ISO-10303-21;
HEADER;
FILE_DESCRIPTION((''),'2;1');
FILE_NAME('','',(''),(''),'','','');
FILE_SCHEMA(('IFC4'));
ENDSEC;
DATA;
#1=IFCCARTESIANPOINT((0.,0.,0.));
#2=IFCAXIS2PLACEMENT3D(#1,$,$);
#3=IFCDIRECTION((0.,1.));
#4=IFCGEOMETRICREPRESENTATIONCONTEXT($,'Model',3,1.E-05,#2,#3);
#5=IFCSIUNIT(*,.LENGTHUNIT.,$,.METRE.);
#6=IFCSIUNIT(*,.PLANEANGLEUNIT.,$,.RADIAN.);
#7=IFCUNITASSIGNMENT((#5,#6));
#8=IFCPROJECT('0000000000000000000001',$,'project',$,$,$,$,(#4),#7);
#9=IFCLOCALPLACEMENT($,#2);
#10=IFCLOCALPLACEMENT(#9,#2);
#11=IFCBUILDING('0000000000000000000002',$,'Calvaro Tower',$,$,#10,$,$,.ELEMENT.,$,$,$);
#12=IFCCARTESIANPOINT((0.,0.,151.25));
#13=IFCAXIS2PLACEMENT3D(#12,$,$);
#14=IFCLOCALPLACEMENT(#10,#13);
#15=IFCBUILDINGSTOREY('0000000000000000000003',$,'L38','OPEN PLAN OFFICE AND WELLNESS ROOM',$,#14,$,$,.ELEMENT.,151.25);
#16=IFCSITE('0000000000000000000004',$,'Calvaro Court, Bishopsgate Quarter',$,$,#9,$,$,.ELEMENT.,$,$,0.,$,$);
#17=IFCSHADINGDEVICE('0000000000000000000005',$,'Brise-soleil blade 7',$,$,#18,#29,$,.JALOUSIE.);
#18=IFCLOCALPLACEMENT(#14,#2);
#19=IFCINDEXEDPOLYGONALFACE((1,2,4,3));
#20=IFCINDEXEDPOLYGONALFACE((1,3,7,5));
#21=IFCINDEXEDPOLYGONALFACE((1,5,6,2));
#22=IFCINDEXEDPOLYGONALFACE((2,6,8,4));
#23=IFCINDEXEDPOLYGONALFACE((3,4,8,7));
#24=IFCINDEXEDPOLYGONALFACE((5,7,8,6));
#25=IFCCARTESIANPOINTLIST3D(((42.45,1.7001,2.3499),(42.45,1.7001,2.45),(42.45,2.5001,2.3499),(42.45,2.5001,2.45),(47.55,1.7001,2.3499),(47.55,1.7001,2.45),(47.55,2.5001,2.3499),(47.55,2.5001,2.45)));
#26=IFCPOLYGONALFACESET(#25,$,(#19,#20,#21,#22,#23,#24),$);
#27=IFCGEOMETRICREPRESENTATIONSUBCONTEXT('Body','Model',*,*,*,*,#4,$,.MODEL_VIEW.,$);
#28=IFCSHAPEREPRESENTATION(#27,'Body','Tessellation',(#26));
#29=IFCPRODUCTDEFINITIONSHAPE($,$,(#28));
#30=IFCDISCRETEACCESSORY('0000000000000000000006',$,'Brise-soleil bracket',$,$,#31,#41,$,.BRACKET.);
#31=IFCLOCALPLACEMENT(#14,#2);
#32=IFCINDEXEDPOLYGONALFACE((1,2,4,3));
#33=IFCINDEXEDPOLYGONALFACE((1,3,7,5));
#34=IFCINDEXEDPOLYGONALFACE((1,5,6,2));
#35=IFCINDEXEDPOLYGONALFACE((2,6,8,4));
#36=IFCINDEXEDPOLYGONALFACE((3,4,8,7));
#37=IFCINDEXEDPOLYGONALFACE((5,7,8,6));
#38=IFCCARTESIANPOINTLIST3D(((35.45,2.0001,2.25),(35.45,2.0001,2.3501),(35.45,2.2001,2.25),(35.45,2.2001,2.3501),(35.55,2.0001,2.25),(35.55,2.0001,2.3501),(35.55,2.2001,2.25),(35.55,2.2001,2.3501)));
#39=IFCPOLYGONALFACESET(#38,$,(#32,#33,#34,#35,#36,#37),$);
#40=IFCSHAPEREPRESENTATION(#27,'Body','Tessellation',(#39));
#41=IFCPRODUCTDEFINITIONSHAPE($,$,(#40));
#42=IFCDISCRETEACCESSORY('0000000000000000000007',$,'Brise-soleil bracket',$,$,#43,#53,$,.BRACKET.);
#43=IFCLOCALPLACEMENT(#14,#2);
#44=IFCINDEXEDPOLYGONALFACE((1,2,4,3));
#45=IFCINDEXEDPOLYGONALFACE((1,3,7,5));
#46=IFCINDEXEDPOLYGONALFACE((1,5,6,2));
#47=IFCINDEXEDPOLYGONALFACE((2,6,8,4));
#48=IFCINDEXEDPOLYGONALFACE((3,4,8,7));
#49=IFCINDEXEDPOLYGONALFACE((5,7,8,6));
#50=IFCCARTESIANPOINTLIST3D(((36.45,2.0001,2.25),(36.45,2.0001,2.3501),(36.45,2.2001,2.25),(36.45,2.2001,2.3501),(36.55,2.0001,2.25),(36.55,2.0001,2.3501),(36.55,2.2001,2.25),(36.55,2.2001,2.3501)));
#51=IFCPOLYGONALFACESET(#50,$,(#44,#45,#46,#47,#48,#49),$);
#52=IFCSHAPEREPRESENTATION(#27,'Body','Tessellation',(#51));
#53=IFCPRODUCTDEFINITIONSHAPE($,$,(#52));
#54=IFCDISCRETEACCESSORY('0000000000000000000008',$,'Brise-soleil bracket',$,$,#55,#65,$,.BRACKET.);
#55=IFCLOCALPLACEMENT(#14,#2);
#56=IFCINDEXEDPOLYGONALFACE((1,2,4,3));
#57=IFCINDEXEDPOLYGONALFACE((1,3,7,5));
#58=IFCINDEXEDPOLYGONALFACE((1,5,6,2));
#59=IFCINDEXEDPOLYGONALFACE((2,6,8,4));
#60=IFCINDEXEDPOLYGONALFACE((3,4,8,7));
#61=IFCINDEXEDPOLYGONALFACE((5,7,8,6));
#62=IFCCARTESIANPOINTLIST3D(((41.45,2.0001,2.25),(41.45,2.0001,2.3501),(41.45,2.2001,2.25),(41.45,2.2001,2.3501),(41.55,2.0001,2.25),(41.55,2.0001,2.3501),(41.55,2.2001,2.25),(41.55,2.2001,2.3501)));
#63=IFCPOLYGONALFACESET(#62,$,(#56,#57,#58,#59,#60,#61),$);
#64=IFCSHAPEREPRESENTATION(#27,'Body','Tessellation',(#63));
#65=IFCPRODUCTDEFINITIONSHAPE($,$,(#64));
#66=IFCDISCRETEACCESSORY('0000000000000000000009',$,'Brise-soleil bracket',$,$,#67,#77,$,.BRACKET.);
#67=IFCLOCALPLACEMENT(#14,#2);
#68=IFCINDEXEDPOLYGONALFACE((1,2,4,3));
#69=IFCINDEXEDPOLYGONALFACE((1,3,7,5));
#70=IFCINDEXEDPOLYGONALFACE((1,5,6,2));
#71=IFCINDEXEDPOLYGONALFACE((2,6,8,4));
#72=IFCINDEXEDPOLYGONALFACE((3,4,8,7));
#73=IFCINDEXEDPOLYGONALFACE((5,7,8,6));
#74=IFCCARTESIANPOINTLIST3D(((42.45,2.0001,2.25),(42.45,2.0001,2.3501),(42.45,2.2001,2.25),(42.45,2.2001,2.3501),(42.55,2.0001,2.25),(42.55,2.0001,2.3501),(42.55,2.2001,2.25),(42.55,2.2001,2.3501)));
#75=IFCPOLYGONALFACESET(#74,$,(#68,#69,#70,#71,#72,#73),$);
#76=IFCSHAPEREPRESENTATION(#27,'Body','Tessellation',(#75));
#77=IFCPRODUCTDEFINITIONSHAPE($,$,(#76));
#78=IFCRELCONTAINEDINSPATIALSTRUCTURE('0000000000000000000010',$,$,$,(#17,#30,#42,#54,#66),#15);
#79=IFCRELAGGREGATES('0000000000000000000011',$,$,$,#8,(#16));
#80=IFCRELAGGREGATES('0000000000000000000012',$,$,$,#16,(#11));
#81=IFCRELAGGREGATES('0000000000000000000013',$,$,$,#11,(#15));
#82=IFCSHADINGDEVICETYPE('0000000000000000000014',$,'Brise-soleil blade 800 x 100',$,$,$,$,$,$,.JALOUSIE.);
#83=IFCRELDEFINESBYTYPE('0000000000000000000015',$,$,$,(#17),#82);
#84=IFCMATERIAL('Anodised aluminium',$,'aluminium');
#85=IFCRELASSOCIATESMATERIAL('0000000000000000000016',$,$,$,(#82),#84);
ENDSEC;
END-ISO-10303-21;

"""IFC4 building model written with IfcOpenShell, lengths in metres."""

from ifc_helpers import new_model, si_unit, direction, frame, origin, origin_2d, place, context, subcontext, project, spatial, rectangle, extrude, material, material_profile, profile_set, type_object, element, save


model = new_model("IFC4")

# Units and contexts
model_context = context("Model", 3, precision=1e-05, world=origin(), true_north=direction((0.0, 1.0)))
body_context = subcontext(model_context, "Body", "Model", "MODEL_VIEW")
ifc_project = project(units=[si_unit("LENGTHUNIT", "METRE"), si_unit("PLANEANGLEUNIT", "RADIAN")], contexts=[model_context])

# Site, building, storey
site_placement = place(None, origin())
site = spatial("IfcSite", under=ifc_project, at=site_placement, Name="Calvaro Court, Bishopsgate Quarter", CompositionType="ELEMENT", RefElevation=0.0)
building_placement = place(site_placement, origin())
building = spatial("IfcBuilding", under=site, at=building_placement, Name="Calvaro Tower", CompositionType="ELEMENT")
storey_placement = place(building_placement, frame((0.0, 0.0, 151.25)))
storey = spatial("IfcBuildingStorey", under=building, at=storey_placement, Name="L38", Description="OPEN PLAN OFFICE AND WELLNESS ROOM", CompositionType="ELEMENT", Elevation=151.25)

# Shading device
ifc_material_1 = material(Name="Anodised aluminium", Category="aluminium")
ifc_material_profile_1 = material_profile(ifc_material_1, rectangle(XDim=0.8, YDim=0.1001, at=origin_2d()), Name="Brise-soleil blade 800 x 100")
ifc_profile_set_1 = profile_set([ifc_material_profile_1], Name="Anodised aluminium")
shading_device_type = type_object("IfcShadingDeviceType", Name="Brise-soleil blade 800 x 100", PredefinedType="JALOUSIE", material=ifc_profile_set_1)
for number, where, z_axis, x_axis, name in (
    (1, (42.45, 2.1001, 2.3999), (1.0, 0.0, 0.0), (0.0, 1.0, 0.0), "Brise-soleil blade 7"),
):
    element("IfcShadingDevice", number, at=place(storey_placement, frame(where, z_axis=z_axis, x_axis=x_axis)), inside=storey, type_object=shading_device_type, Name=name, PredefinedType="JALOUSIE", context=body_context, shape_type="SweptSolid", body=[
        extrude(rectangle(XDim=0.8, YDim=0.1001, at=origin_2d()), origin(), (0.0, 0.0, 1.0), 5.1001),
    ])

# Discrete accessories
for number, where, z_axis, x_axis, name in (
    (2, (35.5, 2.1001, 2.25), (0.0, 0.0, 1.0), (1.0, 0.0, 0.0), "Brise-soleil bracket"),
    (3, (36.5, 2.1001, 2.25), (0.0, 0.0, 1.0), (1.0, 0.0, 0.0), "Brise-soleil bracket"),
    (4, (41.5, 2.1001, 2.25), (0.0, 0.0, 1.0), (1.0, 0.0, 0.0), "Brise-soleil bracket"),
    (5, (42.5, 2.1001, 2.25), (0.0, 0.0, 1.0), (1.0, 0.0, 0.0), "Brise-soleil bracket"),
):
    element("IfcDiscreteAccessory", number, at=place(storey_placement, frame(where, z_axis=z_axis, x_axis=x_axis)), inside=storey, Name=name, PredefinedType="BRACKET", context=body_context, shape_type="SweptSolid", body=[
        extrude(rectangle(XDim=0.1001, YDim=0.2, at=origin_2d()), origin(), (0.0, 0.0, 1.0), 0.1001),
    ])

save(model, "model.ifc")
